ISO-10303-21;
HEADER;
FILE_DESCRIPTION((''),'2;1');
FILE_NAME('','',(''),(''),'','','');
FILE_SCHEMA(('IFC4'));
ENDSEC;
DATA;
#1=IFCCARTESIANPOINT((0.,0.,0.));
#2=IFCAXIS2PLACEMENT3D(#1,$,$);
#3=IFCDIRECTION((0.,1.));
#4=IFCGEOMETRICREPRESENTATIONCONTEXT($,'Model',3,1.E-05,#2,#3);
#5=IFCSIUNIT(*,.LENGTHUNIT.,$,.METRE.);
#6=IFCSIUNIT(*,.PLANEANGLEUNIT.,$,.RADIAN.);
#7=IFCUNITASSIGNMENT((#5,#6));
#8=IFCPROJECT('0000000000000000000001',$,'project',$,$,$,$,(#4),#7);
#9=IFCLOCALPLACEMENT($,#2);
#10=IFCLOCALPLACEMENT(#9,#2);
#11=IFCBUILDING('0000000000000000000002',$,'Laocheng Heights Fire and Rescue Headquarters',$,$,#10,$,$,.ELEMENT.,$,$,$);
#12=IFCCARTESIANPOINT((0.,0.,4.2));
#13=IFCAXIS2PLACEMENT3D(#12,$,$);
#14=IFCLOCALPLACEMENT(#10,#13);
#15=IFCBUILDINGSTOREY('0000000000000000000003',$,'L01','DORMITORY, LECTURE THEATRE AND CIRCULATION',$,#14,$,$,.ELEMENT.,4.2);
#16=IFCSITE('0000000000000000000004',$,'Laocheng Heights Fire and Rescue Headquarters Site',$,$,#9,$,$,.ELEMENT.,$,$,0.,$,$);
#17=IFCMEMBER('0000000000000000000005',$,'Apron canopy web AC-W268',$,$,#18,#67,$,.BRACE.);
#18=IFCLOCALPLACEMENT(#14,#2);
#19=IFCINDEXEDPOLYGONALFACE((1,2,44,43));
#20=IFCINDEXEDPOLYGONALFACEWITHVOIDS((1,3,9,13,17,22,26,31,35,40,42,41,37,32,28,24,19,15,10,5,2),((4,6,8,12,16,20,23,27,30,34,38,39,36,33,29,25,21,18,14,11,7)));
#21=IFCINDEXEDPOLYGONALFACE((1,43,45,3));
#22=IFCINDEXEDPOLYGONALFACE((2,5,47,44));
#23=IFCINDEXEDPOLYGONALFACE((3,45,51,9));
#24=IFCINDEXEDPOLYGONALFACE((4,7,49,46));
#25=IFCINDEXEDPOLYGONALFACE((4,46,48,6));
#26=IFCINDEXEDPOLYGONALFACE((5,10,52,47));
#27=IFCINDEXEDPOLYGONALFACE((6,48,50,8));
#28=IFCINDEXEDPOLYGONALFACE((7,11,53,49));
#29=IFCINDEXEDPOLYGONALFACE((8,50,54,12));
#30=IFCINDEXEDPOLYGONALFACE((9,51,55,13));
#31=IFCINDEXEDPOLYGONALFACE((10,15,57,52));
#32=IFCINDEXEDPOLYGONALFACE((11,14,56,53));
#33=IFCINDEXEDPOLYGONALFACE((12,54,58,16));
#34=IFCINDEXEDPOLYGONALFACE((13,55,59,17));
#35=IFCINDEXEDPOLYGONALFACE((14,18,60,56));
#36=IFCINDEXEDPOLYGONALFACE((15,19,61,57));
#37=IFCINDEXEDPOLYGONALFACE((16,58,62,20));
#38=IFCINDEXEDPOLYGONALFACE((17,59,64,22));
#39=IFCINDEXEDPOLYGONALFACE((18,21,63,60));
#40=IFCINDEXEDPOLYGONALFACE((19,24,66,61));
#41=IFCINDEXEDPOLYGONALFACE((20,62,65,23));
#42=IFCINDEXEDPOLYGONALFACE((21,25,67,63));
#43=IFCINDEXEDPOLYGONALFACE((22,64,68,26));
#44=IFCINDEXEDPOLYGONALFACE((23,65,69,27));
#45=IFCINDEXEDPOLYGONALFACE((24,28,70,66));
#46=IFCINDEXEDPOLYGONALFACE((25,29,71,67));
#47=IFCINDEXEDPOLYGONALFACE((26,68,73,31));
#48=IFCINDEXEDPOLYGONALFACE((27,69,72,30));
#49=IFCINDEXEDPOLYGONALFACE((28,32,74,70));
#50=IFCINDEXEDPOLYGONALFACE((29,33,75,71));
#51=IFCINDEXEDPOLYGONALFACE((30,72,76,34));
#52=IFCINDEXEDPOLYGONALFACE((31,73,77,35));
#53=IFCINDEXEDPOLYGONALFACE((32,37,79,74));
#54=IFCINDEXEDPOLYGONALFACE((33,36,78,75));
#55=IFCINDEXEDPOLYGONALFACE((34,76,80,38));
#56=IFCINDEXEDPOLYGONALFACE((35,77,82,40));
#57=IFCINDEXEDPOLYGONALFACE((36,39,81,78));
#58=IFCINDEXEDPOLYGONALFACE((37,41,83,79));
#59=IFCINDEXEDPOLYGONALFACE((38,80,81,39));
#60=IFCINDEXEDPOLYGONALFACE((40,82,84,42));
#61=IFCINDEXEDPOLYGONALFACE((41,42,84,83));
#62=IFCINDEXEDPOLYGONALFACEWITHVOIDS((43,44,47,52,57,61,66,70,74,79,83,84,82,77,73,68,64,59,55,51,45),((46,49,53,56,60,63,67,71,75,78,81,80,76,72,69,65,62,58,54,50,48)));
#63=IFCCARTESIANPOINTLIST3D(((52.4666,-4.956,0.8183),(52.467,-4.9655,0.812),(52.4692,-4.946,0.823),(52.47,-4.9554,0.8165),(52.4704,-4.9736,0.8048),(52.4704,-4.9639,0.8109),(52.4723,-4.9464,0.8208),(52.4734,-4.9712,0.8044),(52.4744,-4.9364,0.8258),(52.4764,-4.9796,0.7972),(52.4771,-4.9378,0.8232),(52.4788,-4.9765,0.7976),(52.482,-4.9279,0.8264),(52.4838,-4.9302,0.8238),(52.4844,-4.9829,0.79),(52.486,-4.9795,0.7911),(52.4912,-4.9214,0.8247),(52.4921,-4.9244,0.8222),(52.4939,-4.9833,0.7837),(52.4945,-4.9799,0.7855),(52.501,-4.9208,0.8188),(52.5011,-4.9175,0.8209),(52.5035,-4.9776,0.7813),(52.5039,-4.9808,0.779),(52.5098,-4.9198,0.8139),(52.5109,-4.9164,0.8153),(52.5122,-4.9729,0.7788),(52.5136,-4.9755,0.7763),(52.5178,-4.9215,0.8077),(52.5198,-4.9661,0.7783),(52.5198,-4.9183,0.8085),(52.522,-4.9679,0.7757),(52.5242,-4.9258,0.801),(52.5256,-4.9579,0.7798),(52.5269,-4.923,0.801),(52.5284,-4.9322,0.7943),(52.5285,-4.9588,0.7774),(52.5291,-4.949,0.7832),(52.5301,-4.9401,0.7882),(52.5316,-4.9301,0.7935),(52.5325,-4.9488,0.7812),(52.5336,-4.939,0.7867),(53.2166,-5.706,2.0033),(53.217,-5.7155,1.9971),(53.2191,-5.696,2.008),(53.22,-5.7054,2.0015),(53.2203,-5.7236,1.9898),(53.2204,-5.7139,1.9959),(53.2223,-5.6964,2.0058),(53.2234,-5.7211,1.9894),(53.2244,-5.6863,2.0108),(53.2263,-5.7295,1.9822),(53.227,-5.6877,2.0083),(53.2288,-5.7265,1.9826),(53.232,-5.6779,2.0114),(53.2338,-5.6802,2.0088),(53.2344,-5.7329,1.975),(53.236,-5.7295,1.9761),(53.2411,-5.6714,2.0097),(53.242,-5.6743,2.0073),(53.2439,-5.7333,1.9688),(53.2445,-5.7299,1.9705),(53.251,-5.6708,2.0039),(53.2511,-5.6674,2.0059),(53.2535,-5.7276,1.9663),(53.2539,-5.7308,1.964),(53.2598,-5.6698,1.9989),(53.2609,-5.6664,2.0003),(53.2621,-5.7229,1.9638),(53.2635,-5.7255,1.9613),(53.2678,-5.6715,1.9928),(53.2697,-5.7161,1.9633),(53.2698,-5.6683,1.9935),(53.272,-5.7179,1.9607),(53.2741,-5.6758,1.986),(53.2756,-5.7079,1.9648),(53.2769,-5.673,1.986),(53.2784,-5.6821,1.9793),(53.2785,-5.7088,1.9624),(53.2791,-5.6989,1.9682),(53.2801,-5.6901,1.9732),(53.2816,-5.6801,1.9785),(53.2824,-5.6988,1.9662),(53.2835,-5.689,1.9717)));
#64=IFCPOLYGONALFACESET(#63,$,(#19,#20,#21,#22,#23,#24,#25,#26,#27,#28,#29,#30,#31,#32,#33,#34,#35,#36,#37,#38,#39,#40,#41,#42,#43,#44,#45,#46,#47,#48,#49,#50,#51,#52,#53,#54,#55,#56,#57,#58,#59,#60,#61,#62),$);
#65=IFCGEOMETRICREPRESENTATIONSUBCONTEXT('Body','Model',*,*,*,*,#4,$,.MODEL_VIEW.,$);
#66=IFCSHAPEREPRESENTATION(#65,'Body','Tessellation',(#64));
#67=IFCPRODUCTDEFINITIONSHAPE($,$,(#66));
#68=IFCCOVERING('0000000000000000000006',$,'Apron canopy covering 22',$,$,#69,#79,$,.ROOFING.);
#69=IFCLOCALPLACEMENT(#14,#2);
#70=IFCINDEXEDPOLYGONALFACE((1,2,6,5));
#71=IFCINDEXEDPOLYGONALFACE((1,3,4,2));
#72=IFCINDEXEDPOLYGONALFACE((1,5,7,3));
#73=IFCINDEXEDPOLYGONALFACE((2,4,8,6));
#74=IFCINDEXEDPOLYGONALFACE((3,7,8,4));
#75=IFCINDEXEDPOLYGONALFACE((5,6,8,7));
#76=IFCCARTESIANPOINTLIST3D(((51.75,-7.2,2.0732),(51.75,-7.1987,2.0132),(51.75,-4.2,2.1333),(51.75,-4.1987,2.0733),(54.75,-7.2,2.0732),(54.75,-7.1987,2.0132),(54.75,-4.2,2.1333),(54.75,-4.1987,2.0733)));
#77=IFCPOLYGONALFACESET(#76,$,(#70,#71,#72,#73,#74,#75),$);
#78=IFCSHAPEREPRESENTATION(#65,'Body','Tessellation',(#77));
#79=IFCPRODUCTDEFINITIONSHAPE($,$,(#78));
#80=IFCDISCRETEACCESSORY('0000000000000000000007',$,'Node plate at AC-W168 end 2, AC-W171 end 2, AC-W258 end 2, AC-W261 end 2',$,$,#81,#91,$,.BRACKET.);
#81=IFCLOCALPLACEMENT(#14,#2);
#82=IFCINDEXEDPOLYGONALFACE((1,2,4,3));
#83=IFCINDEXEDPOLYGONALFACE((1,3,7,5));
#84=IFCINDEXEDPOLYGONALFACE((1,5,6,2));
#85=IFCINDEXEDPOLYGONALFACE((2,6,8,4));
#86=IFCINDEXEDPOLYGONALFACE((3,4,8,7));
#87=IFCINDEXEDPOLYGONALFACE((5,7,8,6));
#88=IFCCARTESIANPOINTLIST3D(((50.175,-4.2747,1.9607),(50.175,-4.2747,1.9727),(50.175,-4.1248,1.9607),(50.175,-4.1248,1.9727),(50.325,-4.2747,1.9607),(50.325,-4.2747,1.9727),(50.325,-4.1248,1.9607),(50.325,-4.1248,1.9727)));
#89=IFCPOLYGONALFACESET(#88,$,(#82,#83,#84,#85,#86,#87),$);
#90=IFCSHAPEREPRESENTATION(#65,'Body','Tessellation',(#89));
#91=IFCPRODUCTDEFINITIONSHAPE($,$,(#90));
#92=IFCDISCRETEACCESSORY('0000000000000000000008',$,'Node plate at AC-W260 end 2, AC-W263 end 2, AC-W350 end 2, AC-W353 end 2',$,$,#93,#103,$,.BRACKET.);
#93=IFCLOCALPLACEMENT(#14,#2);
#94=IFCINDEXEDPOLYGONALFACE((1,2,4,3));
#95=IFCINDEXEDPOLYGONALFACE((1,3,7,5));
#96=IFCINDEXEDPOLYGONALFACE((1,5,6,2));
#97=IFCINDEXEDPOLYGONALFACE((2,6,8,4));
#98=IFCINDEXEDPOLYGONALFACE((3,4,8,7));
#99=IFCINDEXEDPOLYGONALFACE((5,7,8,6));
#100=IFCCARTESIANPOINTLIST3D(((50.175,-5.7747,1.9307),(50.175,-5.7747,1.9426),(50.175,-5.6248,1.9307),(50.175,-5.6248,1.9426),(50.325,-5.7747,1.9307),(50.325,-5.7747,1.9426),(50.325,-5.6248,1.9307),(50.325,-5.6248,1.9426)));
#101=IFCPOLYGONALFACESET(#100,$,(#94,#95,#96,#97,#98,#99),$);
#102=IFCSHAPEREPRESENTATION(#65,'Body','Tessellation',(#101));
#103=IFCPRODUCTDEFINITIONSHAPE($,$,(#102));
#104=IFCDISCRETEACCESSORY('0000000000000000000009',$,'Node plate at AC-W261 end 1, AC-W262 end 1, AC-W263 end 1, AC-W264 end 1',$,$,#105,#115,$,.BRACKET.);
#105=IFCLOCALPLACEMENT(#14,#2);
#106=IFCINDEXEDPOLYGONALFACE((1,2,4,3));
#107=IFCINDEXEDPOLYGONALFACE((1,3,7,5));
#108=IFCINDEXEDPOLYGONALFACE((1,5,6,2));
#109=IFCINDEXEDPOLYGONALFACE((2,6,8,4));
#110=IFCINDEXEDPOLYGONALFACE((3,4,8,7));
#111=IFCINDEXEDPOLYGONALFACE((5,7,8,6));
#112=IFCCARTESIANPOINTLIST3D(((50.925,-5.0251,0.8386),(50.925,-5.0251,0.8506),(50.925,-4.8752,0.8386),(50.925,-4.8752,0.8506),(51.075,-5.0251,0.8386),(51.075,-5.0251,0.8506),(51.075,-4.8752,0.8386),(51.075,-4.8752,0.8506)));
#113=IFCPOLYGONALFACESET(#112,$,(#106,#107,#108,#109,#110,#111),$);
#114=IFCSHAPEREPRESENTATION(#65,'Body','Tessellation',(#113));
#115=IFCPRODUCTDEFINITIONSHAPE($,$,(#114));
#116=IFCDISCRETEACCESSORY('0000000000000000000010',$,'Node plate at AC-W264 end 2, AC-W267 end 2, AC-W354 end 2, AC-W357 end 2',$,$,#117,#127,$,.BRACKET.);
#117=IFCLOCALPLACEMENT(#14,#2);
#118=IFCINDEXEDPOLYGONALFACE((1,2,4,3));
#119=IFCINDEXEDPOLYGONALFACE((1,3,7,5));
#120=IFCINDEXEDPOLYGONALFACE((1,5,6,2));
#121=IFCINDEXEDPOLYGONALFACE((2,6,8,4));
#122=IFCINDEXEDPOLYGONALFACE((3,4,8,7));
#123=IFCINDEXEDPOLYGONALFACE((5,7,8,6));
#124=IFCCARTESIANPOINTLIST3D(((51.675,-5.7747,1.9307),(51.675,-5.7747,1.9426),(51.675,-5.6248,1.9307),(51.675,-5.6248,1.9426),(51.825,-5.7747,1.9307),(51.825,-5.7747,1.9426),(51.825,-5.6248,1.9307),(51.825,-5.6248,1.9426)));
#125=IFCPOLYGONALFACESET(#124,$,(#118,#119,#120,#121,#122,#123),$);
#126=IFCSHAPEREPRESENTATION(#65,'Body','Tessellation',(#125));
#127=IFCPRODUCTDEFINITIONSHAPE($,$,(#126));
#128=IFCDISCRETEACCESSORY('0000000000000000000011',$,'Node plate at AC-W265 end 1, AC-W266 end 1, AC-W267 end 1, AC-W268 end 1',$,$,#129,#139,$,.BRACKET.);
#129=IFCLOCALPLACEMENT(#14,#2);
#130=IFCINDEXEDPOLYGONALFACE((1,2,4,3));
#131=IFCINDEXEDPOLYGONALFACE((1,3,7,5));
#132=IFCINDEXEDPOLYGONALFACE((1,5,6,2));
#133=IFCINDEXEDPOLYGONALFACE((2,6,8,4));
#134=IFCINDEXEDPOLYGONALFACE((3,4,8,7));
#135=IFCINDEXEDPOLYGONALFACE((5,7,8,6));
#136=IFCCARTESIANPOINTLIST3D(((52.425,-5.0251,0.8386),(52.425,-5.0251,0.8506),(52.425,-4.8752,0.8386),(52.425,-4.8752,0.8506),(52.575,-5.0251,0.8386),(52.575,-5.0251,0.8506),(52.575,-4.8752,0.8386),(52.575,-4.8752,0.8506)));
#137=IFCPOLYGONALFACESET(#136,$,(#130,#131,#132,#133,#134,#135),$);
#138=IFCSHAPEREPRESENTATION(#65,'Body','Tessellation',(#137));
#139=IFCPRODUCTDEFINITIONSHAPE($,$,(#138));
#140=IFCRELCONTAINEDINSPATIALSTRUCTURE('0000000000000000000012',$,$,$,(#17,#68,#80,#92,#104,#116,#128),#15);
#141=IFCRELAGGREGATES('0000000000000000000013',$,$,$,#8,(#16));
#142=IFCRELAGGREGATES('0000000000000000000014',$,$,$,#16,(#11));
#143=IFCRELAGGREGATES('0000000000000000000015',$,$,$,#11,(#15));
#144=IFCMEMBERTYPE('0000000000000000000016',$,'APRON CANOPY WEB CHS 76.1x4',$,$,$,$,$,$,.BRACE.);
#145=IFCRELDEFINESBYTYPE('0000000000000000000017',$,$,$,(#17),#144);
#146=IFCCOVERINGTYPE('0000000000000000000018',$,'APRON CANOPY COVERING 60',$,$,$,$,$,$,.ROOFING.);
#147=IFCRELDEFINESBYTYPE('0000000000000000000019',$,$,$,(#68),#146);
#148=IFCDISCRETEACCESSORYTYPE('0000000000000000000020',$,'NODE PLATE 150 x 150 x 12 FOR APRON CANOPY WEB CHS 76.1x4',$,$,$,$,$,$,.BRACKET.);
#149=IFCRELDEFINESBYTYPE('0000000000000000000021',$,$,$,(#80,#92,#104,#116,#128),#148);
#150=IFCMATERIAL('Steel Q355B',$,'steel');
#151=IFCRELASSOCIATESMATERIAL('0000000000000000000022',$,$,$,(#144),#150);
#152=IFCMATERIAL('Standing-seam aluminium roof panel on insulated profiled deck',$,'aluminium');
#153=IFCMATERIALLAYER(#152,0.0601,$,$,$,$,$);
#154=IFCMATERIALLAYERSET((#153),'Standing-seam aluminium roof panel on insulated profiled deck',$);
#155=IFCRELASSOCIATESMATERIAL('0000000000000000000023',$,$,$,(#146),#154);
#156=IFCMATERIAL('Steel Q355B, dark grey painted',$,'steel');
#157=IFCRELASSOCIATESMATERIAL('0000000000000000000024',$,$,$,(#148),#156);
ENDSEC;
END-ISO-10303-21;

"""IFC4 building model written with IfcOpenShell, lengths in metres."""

from ifc_helpers import new_model, si_unit, direction, frame, origin, origin_2d, place, context, subcontext, project, spatial, polyline, rectangle, hollow_circle, outline, extrude, material, layer, layer_set, material_profile, profile_set, type_object, element, save


model = new_model("IFC4")

# Units and contexts
model_context = context("Model", 3, precision=1e-05, world=origin(), true_north=direction((0.0, 1.0)))
body_context = subcontext(model_context, "Body", "Model", "MODEL_VIEW")
ifc_project = project(units=[si_unit("LENGTHUNIT", "METRE"), si_unit("PLANEANGLEUNIT", "RADIAN")], contexts=[model_context])

# Site, building, storey
site_placement = place(None, origin())
site = spatial("IfcSite", under=ifc_project, at=site_placement, Name="Laocheng Heights Fire and Rescue Headquarters Site", CompositionType="ELEMENT", RefElevation=0.0)
building_placement = place(site_placement, origin())
building = spatial("IfcBuilding", under=site, at=building_placement, Name="Laocheng Heights Fire and Rescue Headquarters", CompositionType="ELEMENT")
storey_placement = place(building_placement, frame((0.0, 0.0, 4.2)))
storey = spatial("IfcBuildingStorey", under=building, at=storey_placement, Name="L01", Description="DORMITORY, LECTURE THEATRE AND CIRCULATION", CompositionType="ELEMENT", Elevation=4.2)

# Member
ifc_material_1 = material(Name="Steel Q355B", Category="steel")
ifc_material_profile_1 = material_profile(ifc_material_1, hollow_circle(Radius=0.0381, WallThickness=0.0039, at=origin_2d()), Name="CHS 76.1x4")
ifc_profile_set_1 = profile_set([ifc_material_profile_1], Name="Steel Q355B")
member_type_1 = type_object("IfcMemberType", Name="APRON CANOPY WEB CHS 76.1x4", PredefinedType="BRACE", material=ifc_profile_set_1)
for number, where, z_axis, x_axis, name in (
    (1, (52.5, -4.95, 0.801), (0.47158, -0.47158, 0.745134), (0.707107, 0.707107, 0.0), "Apron canopy web AC-W268"),
):
    element("IfcMember", number, at=place(storey_placement, frame(where, z_axis=z_axis, x_axis=x_axis)), inside=storey, type_object=member_type_1, Name=name, PredefinedType="BRACE", context=body_context, shape_type="SweptSolid", body=[
        extrude(hollow_circle(Radius=0.0381, WallThickness=0.0039, at=origin_2d()), origin(), (0.0, 0.0, 1.0), 1.5903),
    ])

# Covering
ifc_material_2 = material(Name="Standing-seam aluminium roof panel on insulated profiled deck", Category="aluminium")
ifc_layer = layer(ifc_material_2, 0.0601)
ifc_layer_set = layer_set([ifc_layer], Name="Standing-seam aluminium roof panel on insulated profiled deck")
covering_type = type_object("IfcCoveringType", Name="APRON CANOPY COVERING 60", PredefinedType="ROOFING", material=ifc_layer_set)
covering_placement = place(storey_placement, frame((51.75, -4.2, 2.1333), z_axis=(0.0, -0.020016, 0.9998), x_axis=(1.0, 0.0, 0.0)))
element("IfcCovering", 2, at=covering_placement, inside=storey, type_object=covering_type, Name="Apron canopy covering 22", PredefinedType="ROOFING", context=body_context, shape_type="SweptSolid", body=[
    extrude(outline(polyline([(0.0, 0.0), (3.0, 0.0), (3.0, -3.0006), (0.0, -3.0006), (0.0, 0.0)])), origin(), (0.0, 0.0, -1.0), 0.0601),
])

# Discrete accessories
ifc_material_3 = material(Name="Steel Q355B, dark grey painted", Category="steel")
ifc_material_profile_2 = material_profile(ifc_material_3, rectangle(XDim=0.1499, YDim=0.1499, at=origin_2d()), Name="NODE PLATE 150 x 150 x 12 FOR APRON CANOPY WEB CHS 76.1x4")
ifc_profile_set_2 = profile_set([ifc_material_profile_2], Name="Steel Q355B, dark grey painted")
discrete_accessory_type = type_object("IfcDiscreteAccessoryType", Name="NODE PLATE 150 x 150 x 12 FOR APRON CANOPY WEB CHS 76.1x4", PredefinedType="BRACKET", material=ifc_profile_set_2)
for number, where, z_axis, x_axis, name in (
    (3, (50.25, -4.1997, 1.9727), (0.0, 0.0, -1.0), (1.0, 0.0, 0.0), "Node plate at AC-W168 end 2, AC-W171 end 2, AC-W258 end 2, AC-W261 end 2"),
    (4, (50.25, -5.6997, 1.9426), (0.0, 0.0, -1.0), (1.0, 0.0, 0.0), "Node plate at AC-W260 end 2, AC-W263 end 2, AC-W350 end 2, AC-W353 end 2"),
    (5, (51.0, -4.9502, 0.8386), (0.0, 0.0, 1.0), (1.0, 0.0, 0.0), "Node plate at AC-W261 end 1, AC-W262 end 1, AC-W263 end 1, AC-W264 end 1"),
    (6, (51.75, -5.6997, 1.9426), (0.0, 0.0, -1.0), (1.0, 0.0, 0.0), "Node plate at AC-W264 end 2, AC-W267 end 2, AC-W354 end 2, AC-W357 end 2"),
    (7, (52.5, -4.9502, 0.8386), (0.0, 0.0, 1.0), (1.0, 0.0, 0.0), "Node plate at AC-W265 end 1, AC-W266 end 1, AC-W267 end 1, AC-W268 end 1"),
):
    element("IfcDiscreteAccessory", number, at=place(storey_placement, frame(where, z_axis=z_axis, x_axis=x_axis)), inside=storey, type_object=discrete_accessory_type, Name=name, PredefinedType="BRACKET", context=body_context, shape_type="SweptSolid", body=[
        extrude(rectangle(XDim=0.1499, YDim=0.1499, at=origin_2d()), origin(), (0.0, 0.0, 1.0), 0.012),
    ])

save(model, "model.ifc")
